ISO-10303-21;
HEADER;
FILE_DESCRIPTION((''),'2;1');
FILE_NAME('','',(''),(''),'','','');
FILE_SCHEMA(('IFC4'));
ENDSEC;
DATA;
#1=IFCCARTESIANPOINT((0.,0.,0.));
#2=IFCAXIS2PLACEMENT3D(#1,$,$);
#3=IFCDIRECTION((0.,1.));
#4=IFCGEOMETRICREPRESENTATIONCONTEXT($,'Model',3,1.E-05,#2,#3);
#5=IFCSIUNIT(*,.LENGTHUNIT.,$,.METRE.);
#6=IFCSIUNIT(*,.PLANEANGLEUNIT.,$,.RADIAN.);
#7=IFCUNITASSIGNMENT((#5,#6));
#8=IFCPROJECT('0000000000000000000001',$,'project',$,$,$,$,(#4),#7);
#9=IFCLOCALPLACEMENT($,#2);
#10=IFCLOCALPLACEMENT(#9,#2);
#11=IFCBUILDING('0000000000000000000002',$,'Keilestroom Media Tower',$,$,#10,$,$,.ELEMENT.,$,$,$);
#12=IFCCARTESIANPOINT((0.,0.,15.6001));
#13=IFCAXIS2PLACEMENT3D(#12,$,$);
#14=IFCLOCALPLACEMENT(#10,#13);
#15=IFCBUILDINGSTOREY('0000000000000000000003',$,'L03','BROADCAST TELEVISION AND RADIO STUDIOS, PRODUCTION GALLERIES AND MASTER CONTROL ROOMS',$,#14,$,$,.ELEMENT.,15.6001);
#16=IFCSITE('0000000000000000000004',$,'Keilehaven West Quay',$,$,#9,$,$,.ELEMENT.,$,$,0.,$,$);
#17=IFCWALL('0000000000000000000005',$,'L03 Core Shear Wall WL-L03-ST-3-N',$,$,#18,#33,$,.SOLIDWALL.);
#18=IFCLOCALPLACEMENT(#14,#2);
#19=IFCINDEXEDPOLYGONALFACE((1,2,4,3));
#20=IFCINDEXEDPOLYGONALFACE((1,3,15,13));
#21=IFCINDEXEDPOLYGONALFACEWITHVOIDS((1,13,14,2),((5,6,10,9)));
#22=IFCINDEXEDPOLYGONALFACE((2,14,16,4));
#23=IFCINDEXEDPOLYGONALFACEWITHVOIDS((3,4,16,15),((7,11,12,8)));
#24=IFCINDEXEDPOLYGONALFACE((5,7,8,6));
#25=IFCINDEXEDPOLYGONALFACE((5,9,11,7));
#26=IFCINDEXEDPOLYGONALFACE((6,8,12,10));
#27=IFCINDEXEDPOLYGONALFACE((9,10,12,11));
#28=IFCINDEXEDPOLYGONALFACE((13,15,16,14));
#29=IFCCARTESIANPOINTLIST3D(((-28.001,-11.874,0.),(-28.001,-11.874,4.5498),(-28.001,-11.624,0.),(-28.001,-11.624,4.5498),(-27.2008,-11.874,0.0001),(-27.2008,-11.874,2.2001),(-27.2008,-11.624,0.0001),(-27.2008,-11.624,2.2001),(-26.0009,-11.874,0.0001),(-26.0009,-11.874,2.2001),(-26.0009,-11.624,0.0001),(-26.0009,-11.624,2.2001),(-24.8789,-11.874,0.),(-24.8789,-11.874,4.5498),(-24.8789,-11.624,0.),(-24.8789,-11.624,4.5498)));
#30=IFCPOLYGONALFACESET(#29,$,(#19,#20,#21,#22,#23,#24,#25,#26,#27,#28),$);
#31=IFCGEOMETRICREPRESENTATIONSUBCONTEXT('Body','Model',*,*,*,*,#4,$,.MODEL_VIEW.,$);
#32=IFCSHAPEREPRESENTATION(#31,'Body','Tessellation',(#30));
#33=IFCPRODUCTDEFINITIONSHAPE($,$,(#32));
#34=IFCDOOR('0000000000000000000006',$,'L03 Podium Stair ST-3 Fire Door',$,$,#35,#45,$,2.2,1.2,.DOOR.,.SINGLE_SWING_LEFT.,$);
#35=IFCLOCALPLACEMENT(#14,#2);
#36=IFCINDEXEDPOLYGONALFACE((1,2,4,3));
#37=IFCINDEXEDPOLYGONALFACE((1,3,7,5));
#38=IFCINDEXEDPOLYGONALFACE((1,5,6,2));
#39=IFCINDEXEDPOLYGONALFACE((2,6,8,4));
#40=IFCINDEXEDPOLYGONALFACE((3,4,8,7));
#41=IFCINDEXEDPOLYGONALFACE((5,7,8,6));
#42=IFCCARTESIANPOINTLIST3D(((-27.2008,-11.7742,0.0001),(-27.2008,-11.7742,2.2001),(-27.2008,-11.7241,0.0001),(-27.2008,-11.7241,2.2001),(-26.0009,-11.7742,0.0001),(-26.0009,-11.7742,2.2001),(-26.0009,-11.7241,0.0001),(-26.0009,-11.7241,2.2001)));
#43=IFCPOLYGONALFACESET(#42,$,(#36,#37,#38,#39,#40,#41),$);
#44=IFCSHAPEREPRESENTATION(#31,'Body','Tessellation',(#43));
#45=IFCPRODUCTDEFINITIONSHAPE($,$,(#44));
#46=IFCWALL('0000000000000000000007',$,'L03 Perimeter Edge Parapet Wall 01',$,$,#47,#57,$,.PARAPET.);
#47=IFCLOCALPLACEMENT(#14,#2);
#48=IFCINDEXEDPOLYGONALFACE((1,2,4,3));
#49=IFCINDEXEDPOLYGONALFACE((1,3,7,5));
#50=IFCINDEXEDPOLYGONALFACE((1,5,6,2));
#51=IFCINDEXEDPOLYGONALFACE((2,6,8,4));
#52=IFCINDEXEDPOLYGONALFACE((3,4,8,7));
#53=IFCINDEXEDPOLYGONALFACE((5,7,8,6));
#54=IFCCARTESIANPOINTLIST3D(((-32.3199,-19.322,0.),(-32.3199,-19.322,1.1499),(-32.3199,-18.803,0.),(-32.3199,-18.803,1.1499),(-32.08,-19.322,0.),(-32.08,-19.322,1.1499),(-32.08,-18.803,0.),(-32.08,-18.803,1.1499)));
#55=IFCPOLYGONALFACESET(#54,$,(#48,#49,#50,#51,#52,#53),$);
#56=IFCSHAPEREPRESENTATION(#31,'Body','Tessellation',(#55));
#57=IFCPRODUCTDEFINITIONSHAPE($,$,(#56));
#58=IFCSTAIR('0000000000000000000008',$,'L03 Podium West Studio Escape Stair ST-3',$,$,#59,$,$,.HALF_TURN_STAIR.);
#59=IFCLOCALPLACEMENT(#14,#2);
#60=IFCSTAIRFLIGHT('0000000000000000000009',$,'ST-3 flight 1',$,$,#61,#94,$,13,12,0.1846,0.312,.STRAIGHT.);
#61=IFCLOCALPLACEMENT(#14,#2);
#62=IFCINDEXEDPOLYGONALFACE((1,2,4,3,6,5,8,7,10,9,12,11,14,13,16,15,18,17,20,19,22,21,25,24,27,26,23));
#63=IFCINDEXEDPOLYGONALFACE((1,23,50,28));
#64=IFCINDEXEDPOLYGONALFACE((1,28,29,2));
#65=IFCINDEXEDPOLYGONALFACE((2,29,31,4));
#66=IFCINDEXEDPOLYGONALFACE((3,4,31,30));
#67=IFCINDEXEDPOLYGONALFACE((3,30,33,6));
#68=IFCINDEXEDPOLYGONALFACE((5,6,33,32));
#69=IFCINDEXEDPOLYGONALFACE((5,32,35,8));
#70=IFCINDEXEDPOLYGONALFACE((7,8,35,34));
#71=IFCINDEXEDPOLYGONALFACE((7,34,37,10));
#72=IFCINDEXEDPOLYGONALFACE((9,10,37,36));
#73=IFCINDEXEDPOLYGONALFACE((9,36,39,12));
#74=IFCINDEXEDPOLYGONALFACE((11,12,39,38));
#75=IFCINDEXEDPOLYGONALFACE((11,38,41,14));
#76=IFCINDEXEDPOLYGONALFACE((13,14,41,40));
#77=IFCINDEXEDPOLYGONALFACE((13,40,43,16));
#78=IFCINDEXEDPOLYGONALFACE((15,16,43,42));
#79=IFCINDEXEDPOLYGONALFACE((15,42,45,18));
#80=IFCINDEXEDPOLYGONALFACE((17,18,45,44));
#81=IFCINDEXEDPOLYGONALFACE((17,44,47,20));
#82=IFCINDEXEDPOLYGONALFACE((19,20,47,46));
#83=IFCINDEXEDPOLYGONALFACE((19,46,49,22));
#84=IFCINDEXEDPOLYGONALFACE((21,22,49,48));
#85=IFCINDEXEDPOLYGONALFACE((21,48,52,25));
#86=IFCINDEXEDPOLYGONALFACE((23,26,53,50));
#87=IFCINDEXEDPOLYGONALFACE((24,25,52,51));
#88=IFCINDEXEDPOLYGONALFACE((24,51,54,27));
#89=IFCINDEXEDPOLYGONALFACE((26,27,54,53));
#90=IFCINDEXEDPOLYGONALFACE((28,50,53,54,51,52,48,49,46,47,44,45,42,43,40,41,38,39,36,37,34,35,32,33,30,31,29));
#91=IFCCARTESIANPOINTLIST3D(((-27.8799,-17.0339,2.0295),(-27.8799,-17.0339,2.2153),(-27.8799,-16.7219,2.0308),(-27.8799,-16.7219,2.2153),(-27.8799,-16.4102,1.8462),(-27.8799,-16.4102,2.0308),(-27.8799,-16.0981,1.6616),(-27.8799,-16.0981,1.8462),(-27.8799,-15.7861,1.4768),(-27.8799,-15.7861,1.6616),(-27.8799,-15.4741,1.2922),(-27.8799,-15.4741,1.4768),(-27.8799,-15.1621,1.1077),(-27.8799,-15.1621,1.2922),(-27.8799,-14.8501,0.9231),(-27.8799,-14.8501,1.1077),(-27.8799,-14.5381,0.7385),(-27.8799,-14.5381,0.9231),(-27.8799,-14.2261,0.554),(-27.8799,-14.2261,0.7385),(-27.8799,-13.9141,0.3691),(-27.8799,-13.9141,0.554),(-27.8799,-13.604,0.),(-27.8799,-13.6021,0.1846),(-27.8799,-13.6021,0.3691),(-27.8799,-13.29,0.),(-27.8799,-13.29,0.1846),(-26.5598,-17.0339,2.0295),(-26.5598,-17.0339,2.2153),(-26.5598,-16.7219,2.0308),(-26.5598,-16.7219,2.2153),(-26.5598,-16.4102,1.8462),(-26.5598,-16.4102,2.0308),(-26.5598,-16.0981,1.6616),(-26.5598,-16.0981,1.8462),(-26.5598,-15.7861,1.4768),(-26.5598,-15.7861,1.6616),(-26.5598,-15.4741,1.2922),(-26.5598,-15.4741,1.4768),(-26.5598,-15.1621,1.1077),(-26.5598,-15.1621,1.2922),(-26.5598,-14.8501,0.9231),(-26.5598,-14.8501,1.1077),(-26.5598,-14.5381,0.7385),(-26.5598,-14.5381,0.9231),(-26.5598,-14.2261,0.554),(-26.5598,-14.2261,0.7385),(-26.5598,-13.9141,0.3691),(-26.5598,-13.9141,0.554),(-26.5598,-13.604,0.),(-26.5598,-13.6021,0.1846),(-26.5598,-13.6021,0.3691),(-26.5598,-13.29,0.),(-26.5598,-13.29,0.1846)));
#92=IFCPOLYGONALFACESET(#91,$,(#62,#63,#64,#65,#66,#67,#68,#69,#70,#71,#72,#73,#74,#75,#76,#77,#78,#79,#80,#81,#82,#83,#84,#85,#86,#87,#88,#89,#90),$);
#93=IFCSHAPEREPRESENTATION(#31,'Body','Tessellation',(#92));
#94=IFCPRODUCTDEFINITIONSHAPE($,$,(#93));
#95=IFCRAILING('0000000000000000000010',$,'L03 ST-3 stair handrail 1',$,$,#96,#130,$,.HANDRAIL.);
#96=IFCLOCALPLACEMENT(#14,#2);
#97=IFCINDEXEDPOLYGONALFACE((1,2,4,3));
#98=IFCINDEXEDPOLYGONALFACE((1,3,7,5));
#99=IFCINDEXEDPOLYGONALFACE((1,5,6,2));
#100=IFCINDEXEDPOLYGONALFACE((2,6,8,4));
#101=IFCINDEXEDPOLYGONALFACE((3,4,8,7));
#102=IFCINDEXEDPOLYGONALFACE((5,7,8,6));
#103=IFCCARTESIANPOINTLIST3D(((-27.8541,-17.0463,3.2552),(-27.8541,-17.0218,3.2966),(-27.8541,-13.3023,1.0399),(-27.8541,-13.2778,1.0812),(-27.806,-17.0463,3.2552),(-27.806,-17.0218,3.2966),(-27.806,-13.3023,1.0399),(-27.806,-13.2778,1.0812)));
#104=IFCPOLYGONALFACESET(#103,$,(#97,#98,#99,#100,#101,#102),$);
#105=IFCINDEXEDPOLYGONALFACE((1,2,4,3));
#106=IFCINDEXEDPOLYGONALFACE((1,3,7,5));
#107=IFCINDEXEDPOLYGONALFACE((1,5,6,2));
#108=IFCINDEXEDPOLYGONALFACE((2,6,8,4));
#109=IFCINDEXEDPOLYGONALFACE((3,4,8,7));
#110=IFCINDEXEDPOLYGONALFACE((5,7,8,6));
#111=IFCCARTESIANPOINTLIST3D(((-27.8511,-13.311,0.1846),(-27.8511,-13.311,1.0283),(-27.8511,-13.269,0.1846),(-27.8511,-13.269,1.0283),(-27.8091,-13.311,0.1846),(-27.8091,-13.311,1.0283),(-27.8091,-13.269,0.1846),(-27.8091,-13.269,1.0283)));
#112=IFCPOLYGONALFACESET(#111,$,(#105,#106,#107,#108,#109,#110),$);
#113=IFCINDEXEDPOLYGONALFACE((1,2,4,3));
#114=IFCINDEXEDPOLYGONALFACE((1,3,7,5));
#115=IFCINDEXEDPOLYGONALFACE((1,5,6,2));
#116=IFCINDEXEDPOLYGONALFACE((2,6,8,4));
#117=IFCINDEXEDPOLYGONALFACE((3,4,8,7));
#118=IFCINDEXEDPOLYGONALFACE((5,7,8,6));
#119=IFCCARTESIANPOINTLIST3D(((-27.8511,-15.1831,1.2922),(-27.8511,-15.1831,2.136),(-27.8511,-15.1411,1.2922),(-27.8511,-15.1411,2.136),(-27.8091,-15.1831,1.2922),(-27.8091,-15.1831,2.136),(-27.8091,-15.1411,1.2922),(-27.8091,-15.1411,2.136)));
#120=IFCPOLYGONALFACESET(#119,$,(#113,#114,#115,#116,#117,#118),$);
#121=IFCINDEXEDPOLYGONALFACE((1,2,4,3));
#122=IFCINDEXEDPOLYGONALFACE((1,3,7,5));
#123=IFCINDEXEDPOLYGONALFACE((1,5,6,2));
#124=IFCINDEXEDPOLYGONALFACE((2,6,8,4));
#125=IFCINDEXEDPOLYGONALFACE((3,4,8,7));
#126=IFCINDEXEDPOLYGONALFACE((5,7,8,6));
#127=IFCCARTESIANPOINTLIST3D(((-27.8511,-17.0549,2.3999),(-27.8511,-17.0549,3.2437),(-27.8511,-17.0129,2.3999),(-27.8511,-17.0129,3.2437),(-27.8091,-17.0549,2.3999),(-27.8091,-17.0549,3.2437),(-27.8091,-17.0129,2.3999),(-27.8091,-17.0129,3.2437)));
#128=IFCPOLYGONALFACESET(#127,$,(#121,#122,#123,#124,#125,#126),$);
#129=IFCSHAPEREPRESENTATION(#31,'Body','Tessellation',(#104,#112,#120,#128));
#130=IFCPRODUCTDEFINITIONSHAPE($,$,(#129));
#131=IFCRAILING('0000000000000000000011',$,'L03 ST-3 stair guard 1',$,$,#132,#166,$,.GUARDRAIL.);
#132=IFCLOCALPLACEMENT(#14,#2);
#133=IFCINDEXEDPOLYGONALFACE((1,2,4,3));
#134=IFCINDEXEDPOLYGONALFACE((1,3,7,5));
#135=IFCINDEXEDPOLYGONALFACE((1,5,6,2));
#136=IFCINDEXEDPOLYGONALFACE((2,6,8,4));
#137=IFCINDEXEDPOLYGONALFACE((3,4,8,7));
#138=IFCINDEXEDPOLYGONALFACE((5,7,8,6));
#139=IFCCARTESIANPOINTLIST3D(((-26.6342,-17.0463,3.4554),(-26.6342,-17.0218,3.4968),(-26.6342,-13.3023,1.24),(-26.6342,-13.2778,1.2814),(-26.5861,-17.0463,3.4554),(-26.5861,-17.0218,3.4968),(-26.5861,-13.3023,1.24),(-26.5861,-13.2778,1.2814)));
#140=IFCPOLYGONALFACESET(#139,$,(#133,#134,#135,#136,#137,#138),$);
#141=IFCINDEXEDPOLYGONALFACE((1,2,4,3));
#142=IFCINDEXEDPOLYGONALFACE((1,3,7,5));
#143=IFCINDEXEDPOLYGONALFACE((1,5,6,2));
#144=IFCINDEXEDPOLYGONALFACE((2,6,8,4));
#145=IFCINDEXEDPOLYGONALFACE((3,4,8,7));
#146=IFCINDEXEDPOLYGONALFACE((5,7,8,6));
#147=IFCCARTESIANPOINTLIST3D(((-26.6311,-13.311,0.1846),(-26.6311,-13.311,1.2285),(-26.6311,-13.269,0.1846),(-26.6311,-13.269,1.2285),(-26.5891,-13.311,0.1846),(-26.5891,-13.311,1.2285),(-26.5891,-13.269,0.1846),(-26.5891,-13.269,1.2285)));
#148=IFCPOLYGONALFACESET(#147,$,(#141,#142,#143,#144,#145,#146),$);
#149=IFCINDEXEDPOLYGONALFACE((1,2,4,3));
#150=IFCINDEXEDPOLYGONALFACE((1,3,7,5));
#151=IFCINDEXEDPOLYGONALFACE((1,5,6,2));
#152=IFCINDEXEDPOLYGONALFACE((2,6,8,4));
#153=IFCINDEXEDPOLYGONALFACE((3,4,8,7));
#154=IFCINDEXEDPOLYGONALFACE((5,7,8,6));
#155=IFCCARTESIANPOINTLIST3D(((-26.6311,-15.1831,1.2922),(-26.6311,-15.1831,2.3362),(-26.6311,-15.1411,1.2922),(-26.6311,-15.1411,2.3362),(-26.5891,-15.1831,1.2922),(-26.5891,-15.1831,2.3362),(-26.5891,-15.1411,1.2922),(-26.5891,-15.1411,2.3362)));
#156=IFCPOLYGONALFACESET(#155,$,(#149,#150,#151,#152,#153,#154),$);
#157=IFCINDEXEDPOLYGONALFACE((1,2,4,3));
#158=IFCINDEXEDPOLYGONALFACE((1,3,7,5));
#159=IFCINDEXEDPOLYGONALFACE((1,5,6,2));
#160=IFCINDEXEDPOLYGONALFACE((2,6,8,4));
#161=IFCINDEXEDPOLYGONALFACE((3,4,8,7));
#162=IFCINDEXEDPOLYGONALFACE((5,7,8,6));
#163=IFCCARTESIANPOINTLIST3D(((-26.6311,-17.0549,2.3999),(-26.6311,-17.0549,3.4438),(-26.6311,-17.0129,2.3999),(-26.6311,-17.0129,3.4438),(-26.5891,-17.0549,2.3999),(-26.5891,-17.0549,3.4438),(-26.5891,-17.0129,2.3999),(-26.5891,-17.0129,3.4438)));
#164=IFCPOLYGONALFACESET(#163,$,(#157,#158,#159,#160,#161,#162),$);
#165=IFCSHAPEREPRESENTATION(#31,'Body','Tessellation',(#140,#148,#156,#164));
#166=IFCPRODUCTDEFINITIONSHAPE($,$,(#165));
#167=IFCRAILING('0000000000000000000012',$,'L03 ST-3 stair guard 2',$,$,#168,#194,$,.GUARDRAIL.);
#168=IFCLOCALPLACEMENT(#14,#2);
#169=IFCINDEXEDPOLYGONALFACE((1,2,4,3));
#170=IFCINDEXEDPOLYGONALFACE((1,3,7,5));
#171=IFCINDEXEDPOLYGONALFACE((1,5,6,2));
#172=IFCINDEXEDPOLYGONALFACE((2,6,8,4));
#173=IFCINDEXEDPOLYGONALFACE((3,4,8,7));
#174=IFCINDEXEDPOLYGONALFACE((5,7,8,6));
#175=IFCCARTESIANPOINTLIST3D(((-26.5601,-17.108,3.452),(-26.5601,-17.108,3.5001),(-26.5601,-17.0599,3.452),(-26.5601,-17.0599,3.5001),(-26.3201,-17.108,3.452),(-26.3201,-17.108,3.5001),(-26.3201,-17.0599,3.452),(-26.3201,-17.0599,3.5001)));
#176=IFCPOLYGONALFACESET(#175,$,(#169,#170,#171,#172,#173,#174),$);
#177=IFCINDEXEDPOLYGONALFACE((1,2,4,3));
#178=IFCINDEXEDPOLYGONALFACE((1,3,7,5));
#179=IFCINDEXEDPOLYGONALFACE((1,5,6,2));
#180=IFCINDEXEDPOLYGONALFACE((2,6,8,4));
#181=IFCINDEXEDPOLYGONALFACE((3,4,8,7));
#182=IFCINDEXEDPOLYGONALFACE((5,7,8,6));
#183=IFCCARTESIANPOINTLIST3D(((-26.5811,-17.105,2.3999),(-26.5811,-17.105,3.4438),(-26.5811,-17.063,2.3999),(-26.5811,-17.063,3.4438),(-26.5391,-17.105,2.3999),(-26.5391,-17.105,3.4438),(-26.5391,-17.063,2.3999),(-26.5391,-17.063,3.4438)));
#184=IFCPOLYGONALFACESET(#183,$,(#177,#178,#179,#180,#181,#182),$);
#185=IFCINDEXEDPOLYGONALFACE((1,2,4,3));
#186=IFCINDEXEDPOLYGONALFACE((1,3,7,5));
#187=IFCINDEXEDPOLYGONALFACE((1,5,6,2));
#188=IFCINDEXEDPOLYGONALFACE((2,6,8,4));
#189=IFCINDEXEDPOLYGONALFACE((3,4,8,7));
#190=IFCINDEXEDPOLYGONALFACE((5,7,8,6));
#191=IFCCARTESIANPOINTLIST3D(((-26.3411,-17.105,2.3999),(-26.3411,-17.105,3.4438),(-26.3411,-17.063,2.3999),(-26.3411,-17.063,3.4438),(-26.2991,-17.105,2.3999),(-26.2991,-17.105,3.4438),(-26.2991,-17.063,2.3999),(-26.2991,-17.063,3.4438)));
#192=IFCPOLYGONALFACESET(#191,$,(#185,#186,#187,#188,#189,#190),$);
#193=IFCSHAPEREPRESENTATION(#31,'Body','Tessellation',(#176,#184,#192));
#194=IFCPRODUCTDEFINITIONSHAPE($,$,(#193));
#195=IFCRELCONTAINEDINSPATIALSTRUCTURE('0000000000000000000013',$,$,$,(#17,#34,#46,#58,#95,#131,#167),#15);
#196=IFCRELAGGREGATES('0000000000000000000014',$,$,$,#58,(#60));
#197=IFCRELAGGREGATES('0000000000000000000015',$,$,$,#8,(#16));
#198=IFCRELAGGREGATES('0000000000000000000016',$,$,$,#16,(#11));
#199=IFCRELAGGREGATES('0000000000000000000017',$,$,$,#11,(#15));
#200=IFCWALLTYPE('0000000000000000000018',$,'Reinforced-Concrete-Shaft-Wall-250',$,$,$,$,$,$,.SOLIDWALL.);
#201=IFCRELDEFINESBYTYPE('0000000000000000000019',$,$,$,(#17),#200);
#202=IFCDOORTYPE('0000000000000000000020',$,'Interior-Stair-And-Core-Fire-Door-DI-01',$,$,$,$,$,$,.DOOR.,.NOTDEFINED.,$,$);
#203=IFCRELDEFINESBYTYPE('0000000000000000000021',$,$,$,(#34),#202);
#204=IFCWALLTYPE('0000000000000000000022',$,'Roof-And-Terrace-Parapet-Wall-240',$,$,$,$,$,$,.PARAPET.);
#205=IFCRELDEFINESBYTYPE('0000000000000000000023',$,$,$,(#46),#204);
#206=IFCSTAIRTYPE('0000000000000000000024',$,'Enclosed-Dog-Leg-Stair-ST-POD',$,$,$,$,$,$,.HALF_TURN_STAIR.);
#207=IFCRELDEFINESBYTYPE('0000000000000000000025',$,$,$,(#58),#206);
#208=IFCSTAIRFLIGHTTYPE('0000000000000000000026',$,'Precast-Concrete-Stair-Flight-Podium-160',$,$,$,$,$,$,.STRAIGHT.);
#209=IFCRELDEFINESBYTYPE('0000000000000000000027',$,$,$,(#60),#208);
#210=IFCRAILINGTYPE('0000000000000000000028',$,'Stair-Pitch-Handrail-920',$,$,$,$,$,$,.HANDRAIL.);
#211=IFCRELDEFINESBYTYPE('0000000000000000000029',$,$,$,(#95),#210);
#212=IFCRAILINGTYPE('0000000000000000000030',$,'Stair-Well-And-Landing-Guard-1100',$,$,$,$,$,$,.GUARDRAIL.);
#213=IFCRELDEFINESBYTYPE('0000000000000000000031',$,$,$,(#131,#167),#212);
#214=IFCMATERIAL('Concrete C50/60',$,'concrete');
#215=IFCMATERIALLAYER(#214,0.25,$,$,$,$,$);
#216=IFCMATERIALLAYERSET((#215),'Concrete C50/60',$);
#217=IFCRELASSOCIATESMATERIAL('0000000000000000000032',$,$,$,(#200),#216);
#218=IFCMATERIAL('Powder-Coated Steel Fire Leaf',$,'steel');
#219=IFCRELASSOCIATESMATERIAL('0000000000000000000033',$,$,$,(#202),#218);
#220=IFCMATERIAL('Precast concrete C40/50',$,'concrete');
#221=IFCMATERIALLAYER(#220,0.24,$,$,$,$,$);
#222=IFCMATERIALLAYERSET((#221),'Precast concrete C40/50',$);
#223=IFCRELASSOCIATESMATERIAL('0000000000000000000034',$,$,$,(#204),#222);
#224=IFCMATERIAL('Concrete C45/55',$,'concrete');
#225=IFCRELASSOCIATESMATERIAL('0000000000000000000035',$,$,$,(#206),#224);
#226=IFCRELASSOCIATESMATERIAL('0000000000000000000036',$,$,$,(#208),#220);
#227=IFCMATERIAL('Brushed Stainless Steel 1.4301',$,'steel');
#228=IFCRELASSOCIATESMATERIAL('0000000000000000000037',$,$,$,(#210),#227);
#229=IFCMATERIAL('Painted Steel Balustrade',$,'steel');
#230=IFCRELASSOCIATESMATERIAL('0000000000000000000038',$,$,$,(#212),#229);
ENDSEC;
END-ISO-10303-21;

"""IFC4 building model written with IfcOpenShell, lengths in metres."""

from ifc_helpers import new_model, si_unit, direction, frame, frame_2d, origin, origin_2d, place, context, subcontext, project, spatial, polyline, rectangle, outline, extrude, source, transform, mapped, material, layer, layer_set, type_object, element, fill, aggregate, save


model = new_model("IFC4")

# Units and contexts
model_context = context("Model", 3, precision=1e-05, world=origin(), true_north=direction((0.0, 1.0)))
body_context = subcontext(model_context, "Body", "Model", "MODEL_VIEW")
ifc_project = project(units=[si_unit("LENGTHUNIT", "METRE"), si_unit("PLANEANGLEUNIT", "RADIAN")], contexts=[model_context])

# Site, building, storey
site_placement = place(None, origin())
site = spatial("IfcSite", under=ifc_project, at=site_placement, Name="Keilehaven West Quay", CompositionType="ELEMENT", RefElevation=0.0)
building_placement = place(site_placement, origin())
building = spatial("IfcBuilding", under=site, at=building_placement, Name="Keilestroom Media Tower", CompositionType="ELEMENT")
storey_placement = place(building_placement, frame((0.0, 0.0, 15.6001)))
storey = spatial("IfcBuildingStorey", under=building, at=storey_placement, Name="L03", Description="BROADCAST TELEVISION AND RADIO STUDIOS, PRODUCTION GALLERIES AND MASTER CONTROL ROOMS", CompositionType="ELEMENT", Elevation=15.6001)

# Shared definitions
ifc_material_1 = material(Name="Precast concrete C40/50", Category="concrete")

# Shared definitions
ifc_material_2 = material(Name="Concrete C50/60", Category="concrete")
ifc_layer_1 = layer(ifc_material_2, 0.25)
ifc_layer_set_1 = layer_set([ifc_layer_1], Name="Concrete C50/60")
wall_type_1 = type_object("IfcWallType", Name="Reinforced-Concrete-Shaft-Wall-250", PredefinedType="SOLIDWALL", material=ifc_layer_set_1)

# Wall, opening, door
wall_1_placement = place(storey_placement, frame((-28.001, -11.749, 0.0), z_axis=(0.0, 0.0, 1.0), x_axis=(1.0, 0.0, 0.0)))
wall_1 = element("IfcWall", 1, at=wall_1_placement, inside=storey, type_object=wall_type_1, Name="L03 Core Shear Wall WL-L03-ST-3-N", PredefinedType="SOLIDWALL", context=body_context, shape_type="SweptSolid", body=[
    extrude(rectangle(XDim=3.1221, YDim=0.25, at=frame_2d((1.561, 0.0))), origin(), (0.0, 0.0, 1.0), 4.5498),
])
opening_1_placement = place(wall_1_placement, frame((0.8, 0.0, 0.0)))
opening_1 = element("IfcOpeningElement", 2, at=opening_1_placement, cuts=wall_1, PredefinedType="OPENING", context=body_context, shape_type="SweptSolid", body=[
    extrude(rectangle(XDim=1.2, YDim=2.2, at=frame_2d((0.6001, 1.1001))), frame((0.0, 0.135, 0.0), z_axis=(0.0, -1.0, 0.0), x_axis=(1.0, 0.0, 0.0)), (0.0, 0.0, 1.0), 0.27),
])
ifc_material_3 = material(Name="Powder-Coated Steel Fire Leaf", Category="steel")
door_type = type_object("IfcDoorType", Name="Interior-Stair-And-Core-Fire-Door-DI-01", OperationType="NOTDEFINED", PredefinedType="DOOR", material=ifc_material_3)
shared_shape_1 = source(origin(), body_context, "Body", "SweptSolid", [
    extrude(rectangle(XDim=1.2, YDim=2.2, at=frame_2d((0.6001, 1.1001))), frame((0.0, 0.0249, 0.0), z_axis=(0.0, -1.0, 0.0), x_axis=(1.0, 0.0, 0.0)), (0.0, 0.0, 1.0), 0.05),
])
door_placement = place(opening_1_placement, origin())
door = element("IfcDoor", 3, at=door_placement, inside=storey, type_object=door_type, Name="L03 Podium Stair ST-3 Fire Door", OperationType="SINGLE_SWING_LEFT", OverallHeight=2.2, OverallWidth=1.2, PredefinedType="DOOR", context=body_context, shape_type="MappedRepresentation", body=[
    mapped(shared_shape_1, transform((0.0, 0.0, 0.0), x_axis=(1.0, 0.0, 0.0), y_axis=(0.0, 1.0, 0.0), z_axis=(0.0, 0.0, 1.0), scale=1.0)),
])
fill(opening_1, door)

# Wall
ifc_layer_2 = layer(ifc_material_1, 0.24)
ifc_layer_set_2 = layer_set([ifc_layer_2], Name="Precast concrete C40/50")
wall_type_2 = type_object("IfcWallType", Name="Roof-And-Terrace-Parapet-Wall-240", PredefinedType="PARAPET", material=ifc_layer_set_2)
wall_2_placement = place(storey_placement, frame((-32.2, -19.322, 0.0), z_axis=(0.0, 0.0, 1.0), x_axis=(0.0, 1.0, 0.0)))
element("IfcWall", 4, at=wall_2_placement, inside=storey, type_object=wall_type_2, Name="L03 Perimeter Edge Parapet Wall 01", PredefinedType="PARAPET", context=body_context, shape_type="SweptSolid", body=[
    extrude(rectangle(XDim=0.519, YDim=0.24, at=frame_2d((0.2595, 0.0))), origin(), (0.0, 0.0, 1.0), 1.1499),
])

# Stair, stair flight
ifc_material_4 = material(Name="Concrete C45/55", Category="concrete")
stair_type = type_object("IfcStairType", Name="Enclosed-Dog-Leg-Stair-ST-POD", PredefinedType="HALF_TURN_STAIR", material=ifc_material_4)
stair_placement = place(storey_placement, origin())
stair = element("IfcStair", 5, at=stair_placement, inside=storey, type_object=stair_type, Name="L03 Podium West Studio Escape Stair ST-3", PredefinedType="HALF_TURN_STAIR")
stair_flight_type = type_object("IfcStairFlightType", Name="Precast-Concrete-Stair-Flight-Podium-160", PredefinedType="STRAIGHT", material=ifc_material_1)
stair_flight_placement = place(storey_placement, frame((-27.22, -13.29, 0.0), z_axis=(0.0, 0.0, 1.0), x_axis=(0.0, -1.0, 0.0)))
stair_flight = element("IfcStairFlight", 6, at=stair_flight_placement, type_object=stair_flight_type, Name="ST-3 flight 1", NumberOfRisers=13, NumberOfTreads=12, PredefinedType="STRAIGHT", RiserHeight=0.1846, TreadLength=0.312, context=body_context, shape_type="SweptSolid", body=[
    extrude(outline(polyline([(0.0, 0.0), (0.0, 0.1846), (0.312, 0.1846), (0.312, 0.3691), (0.624, 0.3691), (0.624, 0.554), (0.936, 0.554), (0.936, 0.7385), (1.248, 0.7385), (1.248, 0.9231), (1.5601, 0.9231), (1.5601, 1.1077), (1.8721, 1.1077), (1.8721, 1.2922), (2.1841, 1.2922), (2.1841, 1.4768), (2.4961, 1.4768), (2.4961, 1.6616), (2.8081, 1.6616), (2.8081, 1.8462), (3.1201, 1.8462), (3.1201, 2.0308), (3.4319, 2.0308), (3.4319, 2.2153), (3.7439, 2.2153), (3.7439, 2.3999), (3.7439, 2.0295), (0.314, 0.0), (0.0, 0.0)])), frame((0.0, 0.6602, 0.0), z_axis=(0.0, -1.0, 0.0), x_axis=(1.0, 0.0, 0.0)), (0.0, 0.0, 1.0), 1.3201),
])
aggregate(stair, [stair_flight])

# Railings
ifc_material_5 = material(Name="Brushed Stainless Steel 1.4301", Category="steel")
railing_type_1 = type_object("IfcRailingType", Name="Stair-Pitch-Handrail-920", PredefinedType="HANDRAIL", material=ifc_material_5)
railing_1_placement = place(storey_placement, frame((-27.8301, -13.29, 0.1846)))
element("IfcRailing", 7, at=railing_1_placement, inside=storey, type_object=railing_type_1, Name="L03 ST-3 stair handrail 1", PredefinedType="HANDRAIL", context=body_context, shape_type="SweptSolid", body=[
    extrude(rectangle(XDim=0.0481, YDim=0.0481, at=origin_2d()), frame((0.0, 0.0, 0.876), z_axis=(0.0, -0.860621, 0.509245), x_axis=(1.0, 0.0, 0.0)), (0.0, 0.0, 1.0), 4.3503),
    extrude(rectangle(XDim=0.042, YDim=0.042, at=origin_2d()), origin(), (0.0, 0.0, 1.0), 0.8438),
    extrude(rectangle(XDim=0.042, YDim=0.042, at=origin_2d()), frame((0.0, -1.8721, 1.1077)), (0.0, 0.0, 1.0), 0.8438),
    extrude(rectangle(XDim=0.042, YDim=0.042, at=origin_2d()), frame((0.0, -3.7439, 2.2153)), (0.0, 0.0, 1.0), 0.8438),
])
ifc_material_6 = material(Name="Painted Steel Balustrade", Category="steel")
railing_type_2 = type_object("IfcRailingType", Name="Stair-Well-And-Landing-Guard-1100", PredefinedType="GUARDRAIL", material=ifc_material_6)
railing_2_placement = place(storey_placement, frame((-26.6101, -13.29, 0.1846)))
element("IfcRailing", 8, at=railing_2_placement, inside=storey, type_object=railing_type_2, Name="L03 ST-3 stair guard 1", PredefinedType="GUARDRAIL", context=body_context, shape_type="SweptSolid", body=[
    extrude(rectangle(XDim=0.0481, YDim=0.0481, at=origin_2d()), frame((0.0, 0.0, 1.0762), z_axis=(0.0, -0.860621, 0.509245), x_axis=(1.0, 0.0, 0.0)), (0.0, 0.0, 1.0), 4.3503),
    extrude(rectangle(XDim=0.042, YDim=0.042, at=origin_2d()), origin(), (0.0, 0.0, 1.0), 1.0439),
    extrude(rectangle(XDim=0.042, YDim=0.042, at=origin_2d()), frame((0.0, -1.8721, 1.1077)), (0.0, 0.0, 1.0), 1.0439),
    extrude(rectangle(XDim=0.042, YDim=0.042, at=origin_2d()), frame((0.0, -3.7439, 2.2153)), (0.0, 0.0, 1.0), 1.0439),
])
for number, where, name in (
    (9, (-26.5601, -17.084, 2.3999), "L03 ST-3 stair guard 2"),
):
    element("IfcRailing", number, at=place(storey_placement, frame(where)), inside=storey, type_object=railing_type_2, Name=name, PredefinedType="GUARDRAIL", context=body_context, shape_type="SweptSolid", body=[
        extrude(rectangle(XDim=0.0481, YDim=0.0481, at=origin_2d()), frame((0.0, 0.0, 1.0762), z_axis=(1.0, 0.0, 0.0), x_axis=(0.0, 1.0, 0.0)), (0.0, 0.0, 1.0), 0.24),
        extrude(rectangle(XDim=0.042, YDim=0.042, at=origin_2d()), origin(), (0.0, 0.0, 1.0), 1.0439),
        extrude(rectangle(XDim=0.042, YDim=0.042, at=origin_2d()), frame((0.24, 0.0, 0.0)), (0.0, 0.0, 1.0), 1.0439),
    ])

save(model, "model.ifc")
